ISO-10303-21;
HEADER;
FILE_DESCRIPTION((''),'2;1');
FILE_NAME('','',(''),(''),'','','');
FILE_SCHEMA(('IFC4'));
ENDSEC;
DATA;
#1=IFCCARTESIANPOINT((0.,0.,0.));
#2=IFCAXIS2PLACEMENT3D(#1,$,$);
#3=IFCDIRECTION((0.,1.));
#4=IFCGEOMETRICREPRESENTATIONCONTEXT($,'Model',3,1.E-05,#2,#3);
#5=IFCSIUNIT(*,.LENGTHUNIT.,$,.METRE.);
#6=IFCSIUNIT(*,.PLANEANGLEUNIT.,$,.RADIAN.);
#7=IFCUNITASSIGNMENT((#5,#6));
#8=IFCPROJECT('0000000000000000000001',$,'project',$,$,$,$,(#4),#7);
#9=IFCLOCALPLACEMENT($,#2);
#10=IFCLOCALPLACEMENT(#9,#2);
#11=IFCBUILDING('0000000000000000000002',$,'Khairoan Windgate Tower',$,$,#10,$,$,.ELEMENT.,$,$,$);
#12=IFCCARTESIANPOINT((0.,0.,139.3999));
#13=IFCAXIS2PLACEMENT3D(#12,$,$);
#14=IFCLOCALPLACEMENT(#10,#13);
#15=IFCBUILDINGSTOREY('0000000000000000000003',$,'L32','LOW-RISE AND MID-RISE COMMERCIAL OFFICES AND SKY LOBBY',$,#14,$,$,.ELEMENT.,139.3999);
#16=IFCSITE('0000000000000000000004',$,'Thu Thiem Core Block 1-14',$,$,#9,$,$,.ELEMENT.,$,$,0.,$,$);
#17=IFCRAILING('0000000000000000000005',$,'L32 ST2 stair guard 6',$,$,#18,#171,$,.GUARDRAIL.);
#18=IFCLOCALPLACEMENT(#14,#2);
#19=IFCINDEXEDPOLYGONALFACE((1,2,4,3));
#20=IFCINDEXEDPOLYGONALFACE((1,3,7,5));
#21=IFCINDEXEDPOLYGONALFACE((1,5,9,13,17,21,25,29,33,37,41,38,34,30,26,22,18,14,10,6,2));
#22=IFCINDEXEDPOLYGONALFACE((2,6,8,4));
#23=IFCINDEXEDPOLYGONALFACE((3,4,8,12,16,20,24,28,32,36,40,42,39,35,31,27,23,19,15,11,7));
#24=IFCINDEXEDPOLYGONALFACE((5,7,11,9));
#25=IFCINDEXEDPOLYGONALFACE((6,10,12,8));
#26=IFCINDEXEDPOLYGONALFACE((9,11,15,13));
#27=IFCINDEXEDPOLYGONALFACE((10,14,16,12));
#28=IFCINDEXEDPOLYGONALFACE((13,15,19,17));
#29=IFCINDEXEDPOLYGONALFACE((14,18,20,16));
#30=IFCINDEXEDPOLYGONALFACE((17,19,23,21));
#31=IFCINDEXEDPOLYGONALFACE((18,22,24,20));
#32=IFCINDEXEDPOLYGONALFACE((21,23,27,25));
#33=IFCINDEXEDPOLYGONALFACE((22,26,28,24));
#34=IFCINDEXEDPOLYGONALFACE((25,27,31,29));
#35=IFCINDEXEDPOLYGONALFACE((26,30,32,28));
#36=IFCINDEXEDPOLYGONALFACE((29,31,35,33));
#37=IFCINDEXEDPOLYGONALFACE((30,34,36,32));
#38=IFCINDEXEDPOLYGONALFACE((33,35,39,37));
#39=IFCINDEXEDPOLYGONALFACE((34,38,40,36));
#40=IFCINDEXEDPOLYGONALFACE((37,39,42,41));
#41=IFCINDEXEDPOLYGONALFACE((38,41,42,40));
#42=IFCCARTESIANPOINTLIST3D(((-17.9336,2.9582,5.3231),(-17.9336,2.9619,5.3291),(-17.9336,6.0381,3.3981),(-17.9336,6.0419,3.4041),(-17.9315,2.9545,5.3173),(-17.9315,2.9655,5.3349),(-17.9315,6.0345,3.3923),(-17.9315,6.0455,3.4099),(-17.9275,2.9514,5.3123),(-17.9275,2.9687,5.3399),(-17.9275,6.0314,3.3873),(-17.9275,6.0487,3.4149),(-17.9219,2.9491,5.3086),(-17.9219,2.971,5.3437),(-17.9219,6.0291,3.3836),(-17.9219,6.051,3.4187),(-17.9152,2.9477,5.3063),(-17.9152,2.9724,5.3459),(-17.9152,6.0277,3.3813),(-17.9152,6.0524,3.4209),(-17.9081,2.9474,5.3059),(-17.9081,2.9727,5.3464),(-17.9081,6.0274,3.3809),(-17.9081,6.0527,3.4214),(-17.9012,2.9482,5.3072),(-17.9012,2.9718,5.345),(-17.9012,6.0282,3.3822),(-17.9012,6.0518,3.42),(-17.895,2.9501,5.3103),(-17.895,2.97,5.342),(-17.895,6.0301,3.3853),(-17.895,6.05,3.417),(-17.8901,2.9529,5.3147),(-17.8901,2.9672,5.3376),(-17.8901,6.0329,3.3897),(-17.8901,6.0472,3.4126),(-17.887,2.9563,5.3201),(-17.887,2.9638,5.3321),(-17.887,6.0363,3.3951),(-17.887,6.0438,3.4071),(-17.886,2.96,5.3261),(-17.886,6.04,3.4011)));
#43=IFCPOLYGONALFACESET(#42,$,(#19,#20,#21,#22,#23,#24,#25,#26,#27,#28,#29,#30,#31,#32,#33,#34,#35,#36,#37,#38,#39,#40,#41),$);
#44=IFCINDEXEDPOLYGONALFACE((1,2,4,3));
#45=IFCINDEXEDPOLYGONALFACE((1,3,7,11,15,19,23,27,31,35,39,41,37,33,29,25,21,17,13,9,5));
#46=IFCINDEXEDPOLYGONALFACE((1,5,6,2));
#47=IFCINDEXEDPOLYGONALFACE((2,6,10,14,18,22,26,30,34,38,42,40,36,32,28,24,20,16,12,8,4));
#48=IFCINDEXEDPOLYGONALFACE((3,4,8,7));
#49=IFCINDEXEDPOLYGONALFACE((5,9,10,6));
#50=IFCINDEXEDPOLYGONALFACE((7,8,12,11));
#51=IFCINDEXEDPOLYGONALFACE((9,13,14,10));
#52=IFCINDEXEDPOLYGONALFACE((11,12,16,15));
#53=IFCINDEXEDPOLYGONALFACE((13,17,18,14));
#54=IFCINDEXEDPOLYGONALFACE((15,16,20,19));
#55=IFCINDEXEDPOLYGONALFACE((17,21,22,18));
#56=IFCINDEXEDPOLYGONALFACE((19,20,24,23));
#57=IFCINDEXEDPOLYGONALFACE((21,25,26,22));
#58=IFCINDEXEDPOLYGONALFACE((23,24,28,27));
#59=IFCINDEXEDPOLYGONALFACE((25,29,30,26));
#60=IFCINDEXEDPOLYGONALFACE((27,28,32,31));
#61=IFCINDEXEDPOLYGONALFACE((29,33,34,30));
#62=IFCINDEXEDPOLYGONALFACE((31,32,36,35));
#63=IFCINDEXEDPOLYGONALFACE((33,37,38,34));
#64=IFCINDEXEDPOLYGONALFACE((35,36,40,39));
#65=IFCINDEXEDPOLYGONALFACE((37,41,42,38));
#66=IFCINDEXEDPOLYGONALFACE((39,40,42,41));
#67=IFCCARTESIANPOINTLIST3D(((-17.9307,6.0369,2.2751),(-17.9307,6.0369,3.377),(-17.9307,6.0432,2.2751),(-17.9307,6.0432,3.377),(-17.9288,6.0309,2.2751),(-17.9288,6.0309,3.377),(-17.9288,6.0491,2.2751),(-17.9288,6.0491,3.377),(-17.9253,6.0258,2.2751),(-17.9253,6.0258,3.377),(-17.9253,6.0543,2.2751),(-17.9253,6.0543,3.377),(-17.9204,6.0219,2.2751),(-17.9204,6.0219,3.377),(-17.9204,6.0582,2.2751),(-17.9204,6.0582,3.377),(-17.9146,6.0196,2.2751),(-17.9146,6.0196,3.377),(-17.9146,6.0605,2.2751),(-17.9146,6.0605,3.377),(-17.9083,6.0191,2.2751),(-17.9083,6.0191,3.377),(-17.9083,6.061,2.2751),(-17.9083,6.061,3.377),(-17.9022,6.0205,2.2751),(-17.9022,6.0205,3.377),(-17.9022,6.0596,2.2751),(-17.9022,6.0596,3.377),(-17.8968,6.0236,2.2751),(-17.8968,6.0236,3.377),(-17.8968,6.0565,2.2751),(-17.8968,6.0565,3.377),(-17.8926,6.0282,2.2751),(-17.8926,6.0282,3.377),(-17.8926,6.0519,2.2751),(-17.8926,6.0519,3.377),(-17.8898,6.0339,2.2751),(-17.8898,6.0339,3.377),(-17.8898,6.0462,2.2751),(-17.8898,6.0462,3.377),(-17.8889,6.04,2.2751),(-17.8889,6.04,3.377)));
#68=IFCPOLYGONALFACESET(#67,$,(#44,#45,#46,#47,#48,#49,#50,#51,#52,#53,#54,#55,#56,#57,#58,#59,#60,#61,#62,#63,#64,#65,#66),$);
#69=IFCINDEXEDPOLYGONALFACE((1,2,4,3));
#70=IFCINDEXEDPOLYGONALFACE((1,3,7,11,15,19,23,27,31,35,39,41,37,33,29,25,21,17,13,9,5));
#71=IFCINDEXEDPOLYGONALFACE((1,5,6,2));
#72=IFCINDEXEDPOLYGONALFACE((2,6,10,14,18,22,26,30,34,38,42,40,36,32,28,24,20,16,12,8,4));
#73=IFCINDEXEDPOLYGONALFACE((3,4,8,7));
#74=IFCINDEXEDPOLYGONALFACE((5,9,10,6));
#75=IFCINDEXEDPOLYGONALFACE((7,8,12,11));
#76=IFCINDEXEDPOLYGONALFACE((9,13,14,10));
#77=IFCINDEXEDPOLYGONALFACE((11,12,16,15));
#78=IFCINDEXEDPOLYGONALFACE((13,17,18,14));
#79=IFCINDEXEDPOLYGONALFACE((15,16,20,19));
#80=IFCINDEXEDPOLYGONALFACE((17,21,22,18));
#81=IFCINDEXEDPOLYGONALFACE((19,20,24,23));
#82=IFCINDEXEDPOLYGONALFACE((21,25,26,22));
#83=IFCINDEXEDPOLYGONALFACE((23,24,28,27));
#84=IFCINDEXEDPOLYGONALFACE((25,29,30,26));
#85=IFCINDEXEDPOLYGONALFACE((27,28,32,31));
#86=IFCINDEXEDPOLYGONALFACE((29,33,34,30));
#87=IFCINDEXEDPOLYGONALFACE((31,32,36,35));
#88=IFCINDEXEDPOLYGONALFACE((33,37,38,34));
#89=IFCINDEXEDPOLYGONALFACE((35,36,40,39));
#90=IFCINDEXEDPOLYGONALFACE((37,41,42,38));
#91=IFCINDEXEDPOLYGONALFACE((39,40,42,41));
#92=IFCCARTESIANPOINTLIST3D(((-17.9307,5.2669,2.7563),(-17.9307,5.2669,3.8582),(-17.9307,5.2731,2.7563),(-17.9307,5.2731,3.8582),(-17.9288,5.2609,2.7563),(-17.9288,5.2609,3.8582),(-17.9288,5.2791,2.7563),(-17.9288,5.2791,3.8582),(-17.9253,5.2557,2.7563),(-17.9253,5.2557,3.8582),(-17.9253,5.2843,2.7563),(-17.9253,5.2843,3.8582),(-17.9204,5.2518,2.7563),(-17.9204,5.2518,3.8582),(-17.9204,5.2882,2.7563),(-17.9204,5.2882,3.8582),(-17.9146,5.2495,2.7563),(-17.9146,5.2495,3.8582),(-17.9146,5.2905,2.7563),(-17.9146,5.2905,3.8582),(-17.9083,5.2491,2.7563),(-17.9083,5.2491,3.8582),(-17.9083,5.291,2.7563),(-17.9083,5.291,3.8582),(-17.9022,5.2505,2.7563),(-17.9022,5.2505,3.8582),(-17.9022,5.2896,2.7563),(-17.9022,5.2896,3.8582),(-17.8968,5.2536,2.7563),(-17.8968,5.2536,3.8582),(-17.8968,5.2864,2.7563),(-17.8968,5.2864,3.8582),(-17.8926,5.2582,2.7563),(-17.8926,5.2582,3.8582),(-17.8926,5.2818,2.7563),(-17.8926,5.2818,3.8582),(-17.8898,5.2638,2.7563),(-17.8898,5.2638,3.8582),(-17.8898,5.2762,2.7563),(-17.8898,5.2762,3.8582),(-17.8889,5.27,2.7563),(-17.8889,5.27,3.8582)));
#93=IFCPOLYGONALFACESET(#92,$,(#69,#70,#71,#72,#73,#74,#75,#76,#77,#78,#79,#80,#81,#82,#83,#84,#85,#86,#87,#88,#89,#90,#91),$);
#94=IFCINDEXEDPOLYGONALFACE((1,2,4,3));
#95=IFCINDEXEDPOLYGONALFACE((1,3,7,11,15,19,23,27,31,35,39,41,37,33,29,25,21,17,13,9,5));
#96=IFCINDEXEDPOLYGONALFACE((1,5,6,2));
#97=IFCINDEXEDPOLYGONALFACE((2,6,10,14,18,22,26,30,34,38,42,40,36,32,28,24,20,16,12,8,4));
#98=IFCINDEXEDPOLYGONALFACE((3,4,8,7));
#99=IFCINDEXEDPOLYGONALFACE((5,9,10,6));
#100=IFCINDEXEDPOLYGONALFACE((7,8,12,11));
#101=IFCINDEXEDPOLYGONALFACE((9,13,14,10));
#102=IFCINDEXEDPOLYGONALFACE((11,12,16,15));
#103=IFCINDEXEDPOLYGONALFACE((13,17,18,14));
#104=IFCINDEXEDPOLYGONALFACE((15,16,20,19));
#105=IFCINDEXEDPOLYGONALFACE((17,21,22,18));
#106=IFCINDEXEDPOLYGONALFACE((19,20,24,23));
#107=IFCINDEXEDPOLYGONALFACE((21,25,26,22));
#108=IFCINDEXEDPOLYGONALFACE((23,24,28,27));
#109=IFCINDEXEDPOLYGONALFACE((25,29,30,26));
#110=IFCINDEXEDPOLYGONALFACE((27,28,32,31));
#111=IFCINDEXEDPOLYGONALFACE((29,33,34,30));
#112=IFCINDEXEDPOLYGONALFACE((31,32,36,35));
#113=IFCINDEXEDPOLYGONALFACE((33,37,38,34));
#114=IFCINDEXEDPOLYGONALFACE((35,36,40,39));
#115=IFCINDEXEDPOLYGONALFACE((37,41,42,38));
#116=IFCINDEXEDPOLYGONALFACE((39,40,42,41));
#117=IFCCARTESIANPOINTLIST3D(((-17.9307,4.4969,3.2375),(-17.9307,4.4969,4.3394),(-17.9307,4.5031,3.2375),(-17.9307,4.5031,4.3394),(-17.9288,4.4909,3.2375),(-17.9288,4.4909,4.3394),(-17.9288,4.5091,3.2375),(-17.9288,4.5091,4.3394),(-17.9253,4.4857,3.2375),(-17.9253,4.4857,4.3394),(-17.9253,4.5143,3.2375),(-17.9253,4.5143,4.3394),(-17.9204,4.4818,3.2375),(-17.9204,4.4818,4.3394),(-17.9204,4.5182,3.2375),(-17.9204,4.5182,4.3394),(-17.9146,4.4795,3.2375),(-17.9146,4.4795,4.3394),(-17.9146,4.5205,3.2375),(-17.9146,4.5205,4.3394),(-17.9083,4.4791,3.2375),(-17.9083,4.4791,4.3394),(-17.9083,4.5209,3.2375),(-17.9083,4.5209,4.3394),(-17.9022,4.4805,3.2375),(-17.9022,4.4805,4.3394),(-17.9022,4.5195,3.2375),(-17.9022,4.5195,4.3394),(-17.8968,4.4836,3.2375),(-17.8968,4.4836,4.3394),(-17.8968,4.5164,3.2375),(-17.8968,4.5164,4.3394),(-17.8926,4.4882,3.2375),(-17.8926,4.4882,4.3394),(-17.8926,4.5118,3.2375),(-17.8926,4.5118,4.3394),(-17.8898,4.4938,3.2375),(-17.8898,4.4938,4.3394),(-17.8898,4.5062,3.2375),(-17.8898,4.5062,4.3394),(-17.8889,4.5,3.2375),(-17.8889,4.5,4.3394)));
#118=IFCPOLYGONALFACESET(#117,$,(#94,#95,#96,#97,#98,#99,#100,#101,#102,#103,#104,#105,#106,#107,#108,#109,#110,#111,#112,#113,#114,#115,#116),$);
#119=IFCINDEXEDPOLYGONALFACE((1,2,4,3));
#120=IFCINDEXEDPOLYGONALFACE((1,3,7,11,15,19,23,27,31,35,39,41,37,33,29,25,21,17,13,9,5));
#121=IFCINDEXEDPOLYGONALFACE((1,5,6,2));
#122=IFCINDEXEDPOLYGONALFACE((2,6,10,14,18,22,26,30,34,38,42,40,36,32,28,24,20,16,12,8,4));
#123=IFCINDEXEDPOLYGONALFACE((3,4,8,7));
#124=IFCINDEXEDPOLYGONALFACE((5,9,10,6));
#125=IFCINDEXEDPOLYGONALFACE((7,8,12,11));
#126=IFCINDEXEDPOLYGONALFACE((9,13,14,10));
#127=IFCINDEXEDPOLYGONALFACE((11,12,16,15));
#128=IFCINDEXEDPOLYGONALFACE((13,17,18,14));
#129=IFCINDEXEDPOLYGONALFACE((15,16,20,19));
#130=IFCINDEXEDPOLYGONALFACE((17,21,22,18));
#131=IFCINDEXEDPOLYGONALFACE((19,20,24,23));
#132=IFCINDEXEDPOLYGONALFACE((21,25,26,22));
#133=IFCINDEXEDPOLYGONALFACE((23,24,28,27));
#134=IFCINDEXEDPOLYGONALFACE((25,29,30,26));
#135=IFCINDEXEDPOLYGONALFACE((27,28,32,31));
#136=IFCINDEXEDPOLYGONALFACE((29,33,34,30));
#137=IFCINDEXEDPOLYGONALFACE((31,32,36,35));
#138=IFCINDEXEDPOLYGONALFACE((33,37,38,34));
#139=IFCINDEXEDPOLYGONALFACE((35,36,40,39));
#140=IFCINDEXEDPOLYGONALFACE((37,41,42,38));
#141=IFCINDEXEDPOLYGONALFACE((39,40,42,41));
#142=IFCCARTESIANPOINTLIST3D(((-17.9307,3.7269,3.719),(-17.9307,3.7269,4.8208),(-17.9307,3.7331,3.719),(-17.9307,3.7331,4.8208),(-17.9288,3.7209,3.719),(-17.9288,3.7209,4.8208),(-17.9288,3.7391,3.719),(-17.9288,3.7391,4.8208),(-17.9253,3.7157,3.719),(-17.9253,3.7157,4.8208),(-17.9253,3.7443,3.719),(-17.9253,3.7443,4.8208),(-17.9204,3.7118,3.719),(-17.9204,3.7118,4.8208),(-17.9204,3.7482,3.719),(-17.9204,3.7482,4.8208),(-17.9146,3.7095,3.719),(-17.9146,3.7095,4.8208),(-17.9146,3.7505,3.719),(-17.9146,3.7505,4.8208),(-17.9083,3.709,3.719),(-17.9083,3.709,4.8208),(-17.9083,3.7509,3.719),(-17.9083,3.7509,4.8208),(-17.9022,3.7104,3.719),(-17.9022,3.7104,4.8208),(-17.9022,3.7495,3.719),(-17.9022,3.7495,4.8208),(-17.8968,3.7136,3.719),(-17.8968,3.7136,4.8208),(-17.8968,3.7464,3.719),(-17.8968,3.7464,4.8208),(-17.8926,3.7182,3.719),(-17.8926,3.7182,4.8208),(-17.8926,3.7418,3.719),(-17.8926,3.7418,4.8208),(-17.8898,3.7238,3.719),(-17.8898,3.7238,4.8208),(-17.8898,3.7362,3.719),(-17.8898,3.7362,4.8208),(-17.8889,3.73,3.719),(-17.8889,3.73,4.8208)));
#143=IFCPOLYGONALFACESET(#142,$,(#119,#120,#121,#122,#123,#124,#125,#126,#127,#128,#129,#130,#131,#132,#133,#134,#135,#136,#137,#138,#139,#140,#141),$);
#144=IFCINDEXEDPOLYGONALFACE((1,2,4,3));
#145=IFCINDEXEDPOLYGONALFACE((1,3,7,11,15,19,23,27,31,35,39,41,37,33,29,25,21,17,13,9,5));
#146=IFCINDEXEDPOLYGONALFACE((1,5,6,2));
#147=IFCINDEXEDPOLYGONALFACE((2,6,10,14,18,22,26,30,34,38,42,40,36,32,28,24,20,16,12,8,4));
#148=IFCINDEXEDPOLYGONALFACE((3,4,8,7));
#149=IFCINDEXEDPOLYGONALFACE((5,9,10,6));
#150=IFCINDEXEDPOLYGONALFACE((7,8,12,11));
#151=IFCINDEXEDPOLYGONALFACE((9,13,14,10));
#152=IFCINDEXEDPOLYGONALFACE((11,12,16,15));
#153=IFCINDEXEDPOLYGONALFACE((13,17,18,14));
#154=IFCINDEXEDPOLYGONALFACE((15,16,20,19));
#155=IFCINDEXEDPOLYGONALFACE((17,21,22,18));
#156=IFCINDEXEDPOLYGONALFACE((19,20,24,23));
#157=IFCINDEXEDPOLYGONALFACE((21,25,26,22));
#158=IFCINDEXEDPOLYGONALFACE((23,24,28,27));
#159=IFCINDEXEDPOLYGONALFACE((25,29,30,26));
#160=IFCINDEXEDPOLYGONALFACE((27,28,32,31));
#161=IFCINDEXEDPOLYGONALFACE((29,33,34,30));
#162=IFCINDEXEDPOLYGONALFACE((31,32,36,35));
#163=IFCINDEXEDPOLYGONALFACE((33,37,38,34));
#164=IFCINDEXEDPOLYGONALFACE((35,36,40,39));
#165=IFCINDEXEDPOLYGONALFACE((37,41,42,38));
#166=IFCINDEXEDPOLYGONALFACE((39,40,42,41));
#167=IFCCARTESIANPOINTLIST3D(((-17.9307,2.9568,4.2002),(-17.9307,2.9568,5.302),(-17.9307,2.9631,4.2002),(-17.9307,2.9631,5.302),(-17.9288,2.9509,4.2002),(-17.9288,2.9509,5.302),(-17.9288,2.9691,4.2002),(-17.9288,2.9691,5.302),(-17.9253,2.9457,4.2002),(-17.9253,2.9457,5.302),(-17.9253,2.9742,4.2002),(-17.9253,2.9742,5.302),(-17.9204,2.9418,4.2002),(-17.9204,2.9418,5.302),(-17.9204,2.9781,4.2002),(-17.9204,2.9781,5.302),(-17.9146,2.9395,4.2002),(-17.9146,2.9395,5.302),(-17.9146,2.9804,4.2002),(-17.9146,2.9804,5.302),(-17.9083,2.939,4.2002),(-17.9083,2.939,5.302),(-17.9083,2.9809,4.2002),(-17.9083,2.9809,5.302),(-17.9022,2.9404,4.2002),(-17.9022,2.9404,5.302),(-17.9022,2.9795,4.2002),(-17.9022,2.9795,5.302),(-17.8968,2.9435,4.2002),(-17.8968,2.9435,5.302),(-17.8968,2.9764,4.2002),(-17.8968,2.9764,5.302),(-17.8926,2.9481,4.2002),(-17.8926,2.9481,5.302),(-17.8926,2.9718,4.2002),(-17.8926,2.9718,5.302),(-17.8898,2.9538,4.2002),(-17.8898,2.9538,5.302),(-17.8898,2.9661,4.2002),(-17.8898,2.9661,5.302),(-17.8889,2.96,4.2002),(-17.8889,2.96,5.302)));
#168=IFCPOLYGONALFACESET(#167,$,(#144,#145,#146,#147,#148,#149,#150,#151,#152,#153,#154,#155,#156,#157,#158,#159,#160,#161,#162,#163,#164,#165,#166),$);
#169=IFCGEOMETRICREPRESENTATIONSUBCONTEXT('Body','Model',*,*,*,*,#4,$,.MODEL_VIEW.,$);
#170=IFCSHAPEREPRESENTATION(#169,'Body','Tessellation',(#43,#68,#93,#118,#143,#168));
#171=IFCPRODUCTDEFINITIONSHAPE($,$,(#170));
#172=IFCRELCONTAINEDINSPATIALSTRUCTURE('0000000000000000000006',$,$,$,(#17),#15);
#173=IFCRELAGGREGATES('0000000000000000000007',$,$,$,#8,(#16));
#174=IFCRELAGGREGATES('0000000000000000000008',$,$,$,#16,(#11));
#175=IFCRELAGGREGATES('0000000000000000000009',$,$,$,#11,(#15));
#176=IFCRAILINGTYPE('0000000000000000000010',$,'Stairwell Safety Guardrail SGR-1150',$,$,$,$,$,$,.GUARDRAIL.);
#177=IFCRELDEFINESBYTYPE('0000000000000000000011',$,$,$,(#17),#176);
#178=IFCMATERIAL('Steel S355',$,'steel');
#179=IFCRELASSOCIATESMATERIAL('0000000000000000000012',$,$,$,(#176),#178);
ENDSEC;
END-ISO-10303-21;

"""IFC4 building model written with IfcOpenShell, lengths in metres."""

from ifc_helpers import new_model, si_unit, direction, frame, origin, origin_2d, place, context, subcontext, project, spatial, circle, extrude, material, type_object, element, save


model = new_model("IFC4")

# Units and contexts
model_context = context("Model", 3, precision=1e-05, world=origin(), true_north=direction((0.0, 1.0)))
body_context = subcontext(model_context, "Body", "Model", "MODEL_VIEW")
ifc_project = project(units=[si_unit("LENGTHUNIT", "METRE"), si_unit("PLANEANGLEUNIT", "RADIAN")], contexts=[model_context])

# Site, building, storey
site_placement = place(None, origin())
site = spatial("IfcSite", under=ifc_project, at=site_placement, Name="Thu Thiem Core Block 1-14", CompositionType="ELEMENT", RefElevation=0.0)
building_placement = place(site_placement, origin())
building = spatial("IfcBuilding", under=site, at=building_placement, Name="Khairoan Windgate Tower", CompositionType="ELEMENT")
storey_placement = place(building_placement, frame((0.0, 0.0, 139.3999)))
storey = spatial("IfcBuildingStorey", under=building, at=storey_placement, Name="L32", Description="LOW-RISE AND MID-RISE COMMERCIAL OFFICES AND SKY LOBBY", CompositionType="ELEMENT", Elevation=139.3999)

# Railing
ifc_material_1 = material(Name="Steel S355", Category="steel")
railing_type_1 = type_object("IfcRailingType", Name="Stairwell Safety Guardrail SGR-1150", PredefinedType="GUARDRAIL", material=ifc_material_1)
railing_1_placement = place(storey_placement, frame((-17.9099, 6.04, 2.2751)))
element("IfcRailing", 1, at=railing_1_placement, inside=storey, type_object=railing_type_1, Name="L32 ST2 stair guard 6", PredefinedType="GUARDRAIL", context=body_context, shape_type="SweptSolid", body=[
    extrude(circle(Radius=0.0239, at=origin_2d()), frame((0.0, 0.0, 1.126), z_axis=(0.0, -0.847998, 0.529999), x_axis=(1.0, 0.0, 0.0)), (0.0, 0.0, 1.0), 3.6321),
    extrude(circle(Radius=0.021, at=origin_2d()), origin(), (0.0, 0.0, 1.0), 1.1018),
    extrude(circle(Radius=0.021, at=origin_2d()), frame((0.0, -0.77, 0.4812)), (0.0, 0.0, 1.0), 1.1018),
    extrude(circle(Radius=0.021, at=origin_2d()), frame((0.0, -1.54, 0.9624)), (0.0, 0.0, 1.0), 1.1018),
    extrude(circle(Radius=0.021, at=origin_2d()), frame((0.0, -2.3101, 1.4438)), (0.0, 0.0, 1.0), 1.1018),
    extrude(circle(Radius=0.021, at=origin_2d()), frame((0.0, -3.0801, 1.925)), (0.0, 0.0, 1.0), 1.1018),
])

save(model, "model.ifc")
